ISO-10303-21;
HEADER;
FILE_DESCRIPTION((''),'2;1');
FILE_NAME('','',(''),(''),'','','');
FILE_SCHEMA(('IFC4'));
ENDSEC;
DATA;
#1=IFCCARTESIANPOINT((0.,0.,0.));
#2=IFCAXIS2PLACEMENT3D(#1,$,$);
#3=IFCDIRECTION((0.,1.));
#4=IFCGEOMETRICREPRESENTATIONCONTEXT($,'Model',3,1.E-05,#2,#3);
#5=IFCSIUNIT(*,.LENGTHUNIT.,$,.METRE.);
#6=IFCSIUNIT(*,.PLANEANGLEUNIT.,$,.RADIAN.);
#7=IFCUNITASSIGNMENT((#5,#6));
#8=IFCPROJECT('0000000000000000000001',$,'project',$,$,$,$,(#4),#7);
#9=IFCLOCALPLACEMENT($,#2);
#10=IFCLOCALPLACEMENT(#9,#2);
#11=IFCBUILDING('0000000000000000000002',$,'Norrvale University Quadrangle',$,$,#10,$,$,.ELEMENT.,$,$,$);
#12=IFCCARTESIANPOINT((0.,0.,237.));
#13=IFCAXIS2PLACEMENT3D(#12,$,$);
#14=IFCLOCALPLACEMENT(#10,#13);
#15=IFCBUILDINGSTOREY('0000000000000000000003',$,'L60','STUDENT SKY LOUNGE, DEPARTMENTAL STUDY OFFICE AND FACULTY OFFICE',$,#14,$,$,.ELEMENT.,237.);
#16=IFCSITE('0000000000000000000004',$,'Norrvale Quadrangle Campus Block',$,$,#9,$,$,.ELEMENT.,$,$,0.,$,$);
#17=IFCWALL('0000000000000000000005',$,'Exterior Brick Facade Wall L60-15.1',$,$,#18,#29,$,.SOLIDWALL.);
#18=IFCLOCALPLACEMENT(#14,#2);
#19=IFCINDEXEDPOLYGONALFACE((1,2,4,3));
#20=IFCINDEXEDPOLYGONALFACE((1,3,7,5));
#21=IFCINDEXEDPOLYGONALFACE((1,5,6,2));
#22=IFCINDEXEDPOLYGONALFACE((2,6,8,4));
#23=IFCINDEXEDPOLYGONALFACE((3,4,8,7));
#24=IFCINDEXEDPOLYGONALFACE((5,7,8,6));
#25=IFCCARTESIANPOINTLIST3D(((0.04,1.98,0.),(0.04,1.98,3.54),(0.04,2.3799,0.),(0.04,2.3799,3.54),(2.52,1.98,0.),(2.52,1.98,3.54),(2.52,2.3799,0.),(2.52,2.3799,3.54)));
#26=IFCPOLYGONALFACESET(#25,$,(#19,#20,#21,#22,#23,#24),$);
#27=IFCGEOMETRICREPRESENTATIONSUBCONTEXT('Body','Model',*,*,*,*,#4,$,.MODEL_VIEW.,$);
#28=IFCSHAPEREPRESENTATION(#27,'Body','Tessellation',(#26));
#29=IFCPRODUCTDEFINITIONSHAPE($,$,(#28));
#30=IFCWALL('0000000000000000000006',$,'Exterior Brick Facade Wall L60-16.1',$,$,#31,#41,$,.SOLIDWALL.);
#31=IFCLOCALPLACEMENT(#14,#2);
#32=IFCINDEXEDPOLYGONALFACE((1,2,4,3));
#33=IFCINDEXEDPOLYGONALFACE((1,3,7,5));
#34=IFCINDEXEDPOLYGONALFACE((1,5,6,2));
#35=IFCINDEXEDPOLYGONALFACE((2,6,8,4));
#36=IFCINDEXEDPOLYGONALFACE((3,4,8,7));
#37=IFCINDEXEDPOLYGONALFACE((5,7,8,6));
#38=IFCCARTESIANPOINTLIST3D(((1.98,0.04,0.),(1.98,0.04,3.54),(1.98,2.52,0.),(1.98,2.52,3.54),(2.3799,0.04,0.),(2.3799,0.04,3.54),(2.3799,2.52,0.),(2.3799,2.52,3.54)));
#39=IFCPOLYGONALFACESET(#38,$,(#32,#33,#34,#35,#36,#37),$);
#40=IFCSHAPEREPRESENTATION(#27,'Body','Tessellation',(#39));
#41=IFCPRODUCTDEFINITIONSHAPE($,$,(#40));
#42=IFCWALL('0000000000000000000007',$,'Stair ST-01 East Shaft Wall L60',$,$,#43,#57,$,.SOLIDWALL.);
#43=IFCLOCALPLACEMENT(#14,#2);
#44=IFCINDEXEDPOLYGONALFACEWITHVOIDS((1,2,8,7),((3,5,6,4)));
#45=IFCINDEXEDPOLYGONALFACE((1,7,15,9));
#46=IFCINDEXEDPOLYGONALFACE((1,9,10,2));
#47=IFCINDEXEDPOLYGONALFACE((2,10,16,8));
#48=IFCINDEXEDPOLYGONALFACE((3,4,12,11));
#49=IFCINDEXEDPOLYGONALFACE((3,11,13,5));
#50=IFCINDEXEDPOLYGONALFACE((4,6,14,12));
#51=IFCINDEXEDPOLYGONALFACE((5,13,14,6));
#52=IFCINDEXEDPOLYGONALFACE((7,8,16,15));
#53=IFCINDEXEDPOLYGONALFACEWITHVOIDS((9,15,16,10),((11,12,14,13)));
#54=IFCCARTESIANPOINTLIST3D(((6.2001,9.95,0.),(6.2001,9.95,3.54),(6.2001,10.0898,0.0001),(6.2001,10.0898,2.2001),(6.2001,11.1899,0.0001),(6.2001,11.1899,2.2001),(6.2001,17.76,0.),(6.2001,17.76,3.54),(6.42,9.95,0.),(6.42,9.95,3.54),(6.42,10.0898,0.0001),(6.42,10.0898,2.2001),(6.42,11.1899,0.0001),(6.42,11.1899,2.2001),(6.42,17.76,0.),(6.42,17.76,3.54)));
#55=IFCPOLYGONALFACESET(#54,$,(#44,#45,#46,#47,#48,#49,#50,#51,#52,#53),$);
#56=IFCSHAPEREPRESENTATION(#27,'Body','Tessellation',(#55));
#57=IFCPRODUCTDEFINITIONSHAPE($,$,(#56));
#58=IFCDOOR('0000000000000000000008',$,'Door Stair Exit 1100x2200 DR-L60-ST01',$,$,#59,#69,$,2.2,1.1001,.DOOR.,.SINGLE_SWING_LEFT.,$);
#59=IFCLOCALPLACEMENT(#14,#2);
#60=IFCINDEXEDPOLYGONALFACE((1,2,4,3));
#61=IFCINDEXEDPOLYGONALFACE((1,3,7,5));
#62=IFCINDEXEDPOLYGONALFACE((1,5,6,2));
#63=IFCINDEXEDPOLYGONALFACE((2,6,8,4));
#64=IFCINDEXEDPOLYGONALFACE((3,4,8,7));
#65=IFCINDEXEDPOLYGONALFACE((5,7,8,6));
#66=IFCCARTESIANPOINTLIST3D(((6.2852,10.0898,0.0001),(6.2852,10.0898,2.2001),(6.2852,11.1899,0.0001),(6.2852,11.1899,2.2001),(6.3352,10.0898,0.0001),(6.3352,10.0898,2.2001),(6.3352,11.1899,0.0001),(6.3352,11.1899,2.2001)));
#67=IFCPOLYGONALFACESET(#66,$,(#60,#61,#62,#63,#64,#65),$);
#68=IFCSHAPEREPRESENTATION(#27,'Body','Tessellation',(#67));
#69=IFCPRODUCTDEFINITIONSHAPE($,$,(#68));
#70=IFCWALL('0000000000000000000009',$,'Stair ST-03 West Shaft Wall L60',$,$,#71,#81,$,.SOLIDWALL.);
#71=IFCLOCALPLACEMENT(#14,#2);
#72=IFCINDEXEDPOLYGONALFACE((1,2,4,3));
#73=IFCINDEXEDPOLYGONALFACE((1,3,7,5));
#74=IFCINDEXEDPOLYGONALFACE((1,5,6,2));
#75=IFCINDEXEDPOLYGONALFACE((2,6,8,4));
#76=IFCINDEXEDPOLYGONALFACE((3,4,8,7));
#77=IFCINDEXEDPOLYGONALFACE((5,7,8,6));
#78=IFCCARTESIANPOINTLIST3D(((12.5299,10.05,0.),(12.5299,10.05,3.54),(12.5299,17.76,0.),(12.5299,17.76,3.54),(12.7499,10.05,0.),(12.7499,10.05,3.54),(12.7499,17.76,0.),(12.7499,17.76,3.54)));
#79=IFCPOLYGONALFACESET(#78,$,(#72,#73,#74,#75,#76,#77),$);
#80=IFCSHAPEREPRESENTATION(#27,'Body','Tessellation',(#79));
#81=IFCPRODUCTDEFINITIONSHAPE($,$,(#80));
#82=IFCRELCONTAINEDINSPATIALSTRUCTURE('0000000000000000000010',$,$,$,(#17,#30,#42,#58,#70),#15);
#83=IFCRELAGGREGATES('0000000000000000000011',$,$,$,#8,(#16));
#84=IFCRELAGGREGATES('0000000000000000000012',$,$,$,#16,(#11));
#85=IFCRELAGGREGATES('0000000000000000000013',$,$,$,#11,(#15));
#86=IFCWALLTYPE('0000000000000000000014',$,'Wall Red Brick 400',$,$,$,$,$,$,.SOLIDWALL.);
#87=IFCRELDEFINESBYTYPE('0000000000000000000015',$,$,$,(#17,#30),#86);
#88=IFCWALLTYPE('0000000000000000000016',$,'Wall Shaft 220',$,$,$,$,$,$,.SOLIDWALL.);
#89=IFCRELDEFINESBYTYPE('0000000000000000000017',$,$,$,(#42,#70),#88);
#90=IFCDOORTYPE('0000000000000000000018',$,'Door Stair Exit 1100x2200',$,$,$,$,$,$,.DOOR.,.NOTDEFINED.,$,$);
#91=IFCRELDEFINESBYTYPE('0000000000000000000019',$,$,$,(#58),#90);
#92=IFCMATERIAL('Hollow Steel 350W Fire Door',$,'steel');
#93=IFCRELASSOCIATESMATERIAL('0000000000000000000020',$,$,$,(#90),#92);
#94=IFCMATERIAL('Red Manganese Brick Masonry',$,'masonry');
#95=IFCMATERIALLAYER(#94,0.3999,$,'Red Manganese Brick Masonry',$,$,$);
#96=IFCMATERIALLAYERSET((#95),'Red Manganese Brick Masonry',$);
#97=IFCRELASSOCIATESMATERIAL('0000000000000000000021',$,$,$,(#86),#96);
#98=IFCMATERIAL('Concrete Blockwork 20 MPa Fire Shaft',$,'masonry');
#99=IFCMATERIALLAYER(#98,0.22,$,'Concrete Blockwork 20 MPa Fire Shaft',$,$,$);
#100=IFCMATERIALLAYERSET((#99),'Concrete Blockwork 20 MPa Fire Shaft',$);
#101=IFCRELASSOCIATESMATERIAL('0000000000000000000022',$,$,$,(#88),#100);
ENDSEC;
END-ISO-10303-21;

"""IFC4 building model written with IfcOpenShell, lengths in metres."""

from ifc_helpers import new_model, si_unit, direction, frame, frame_2d, origin, place, context, subcontext, project, spatial, rectangle, extrude, material, layer, layer_set, type_object, element, fill, save


model = new_model("IFC4")

# Units and contexts
model_context = context("Model", 3, precision=1e-05, world=origin(), true_north=direction((0.0, 1.0)))
body_context = subcontext(model_context, "Body", "Model", "MODEL_VIEW")
ifc_project = project(units=[si_unit("LENGTHUNIT", "METRE"), si_unit("PLANEANGLEUNIT", "RADIAN")], contexts=[model_context])

# Site, building, storey
site_placement = place(None, origin())
site = spatial("IfcSite", under=ifc_project, at=site_placement, Name="Norrvale Quadrangle Campus Block", CompositionType="ELEMENT", RefElevation=0.0)
building_placement = place(site_placement, origin())
building = spatial("IfcBuilding", under=site, at=building_placement, Name="Norrvale University Quadrangle", CompositionType="ELEMENT")
storey_placement = place(building_placement, frame((0.0, 0.0, 237.0)))
storey = spatial("IfcBuildingStorey", under=building, at=storey_placement, Name="L60", Description="STUDENT SKY LOUNGE, DEPARTMENTAL STUDY OFFICE AND FACULTY OFFICE", CompositionType="ELEMENT", Elevation=237.0)

# Shared definitions
ifc_material_1 = material(Name="Hollow Steel 350W Fire Door", Category="steel")
door_type = type_object("IfcDoorType", Name="Door Stair Exit 1100x2200", OperationType="NOTDEFINED", PredefinedType="DOOR", material=ifc_material_1)

# Shared definitions
ifc_material_2 = material(Name="Red Manganese Brick Masonry", Category="masonry")
ifc_layer_1 = layer(ifc_material_2, 0.3999, Name="Red Manganese Brick Masonry")
ifc_layer_set_1 = layer_set([ifc_layer_1], Name="Red Manganese Brick Masonry")
wall_type_1 = type_object("IfcWallType", Name="Wall Red Brick 400", PredefinedType="SOLIDWALL", material=ifc_layer_set_1)

# Walls
for number, where, z_axis, x_axis, name in (
    (1, (0.04, 2.1799, 0.0), (0.0, 0.0, 1.0), (1.0, 0.0, 0.0), "Exterior Brick Facade Wall L60-15.1"),
    (2, (2.1799, 2.52, 0.0), (0.0, 0.0, 1.0), (0.0, -1.0, 0.0), "Exterior Brick Facade Wall L60-16.1"),
):
    element("IfcWall", number, at=place(storey_placement, frame(where, z_axis=z_axis, x_axis=x_axis)), inside=storey, type_object=wall_type_1, Name=name, PredefinedType="SOLIDWALL", context=body_context, shape_type="SweptSolid", body=[
        extrude(rectangle(XDim=2.48, YDim=0.3999, at=frame_2d((1.24, 0.0))), origin(), (0.0, 0.0, 1.0), 3.54),
    ])

# Wall, opening, door
ifc_material_3 = material(Name="Concrete Blockwork 20 MPa Fire Shaft", Category="masonry")
ifc_layer_2 = layer(ifc_material_3, 0.22, Name="Concrete Blockwork 20 MPa Fire Shaft")
ifc_layer_set_2 = layer_set([ifc_layer_2], Name="Concrete Blockwork 20 MPa Fire Shaft")
wall_type_2 = type_object("IfcWallType", Name="Wall Shaft 220", PredefinedType="SOLIDWALL", material=ifc_layer_set_2)
wall_1_placement = place(storey_placement, frame((6.3101, 9.95, 0.0), z_axis=(0.0, 0.0, 1.0), x_axis=(0.0, 1.0, 0.0)))
wall_1 = element("IfcWall", 3, at=wall_1_placement, inside=storey, type_object=wall_type_2, Name="Stair ST-01 East Shaft Wall L60", PredefinedType="SOLIDWALL", context=body_context, shape_type="SweptSolid", body=[
    extrude(rectangle(XDim=7.8101, YDim=0.22, at=frame_2d((3.905, 0.0))), origin(), (0.0, 0.0, 1.0), 3.54),
])
opening_1_placement = place(wall_1_placement, frame((0.1399, 0.0, 0.0)))
opening_1 = element("IfcOpeningElement", 4, at=opening_1_placement, cuts=wall_1, PredefinedType="OPENING", context=body_context, shape_type="SweptSolid", body=[
    extrude(rectangle(XDim=1.1001, YDim=2.2, at=frame_2d((0.55, 1.1001))), frame((0.0, 0.1221, 0.0), z_axis=(0.0, -1.0, 0.0), x_axis=(1.0, 0.0, 0.0)), (0.0, 0.0, 1.0), 0.2439),
])
door_1_placement = place(opening_1_placement, origin())
door_1 = element("IfcDoor", 5, at=door_1_placement, inside=storey, type_object=door_type, Name="Door Stair Exit 1100x2200 DR-L60-ST01", OperationType="SINGLE_SWING_LEFT", OverallHeight=2.2, OverallWidth=1.1001, PredefinedType="DOOR", context=body_context, shape_type="SweptSolid", body=[
    extrude(rectangle(XDim=1.1001, YDim=2.2, at=frame_2d((0.55, 1.1001))), frame((0.0, 0.0249, 0.0), z_axis=(0.0, -1.0, 0.0), x_axis=(1.0, 0.0, 0.0)), (0.0, 0.0, 1.0), 0.05),
])
fill(opening_1, door_1)

# Wall
wall_2_placement = place(storey_placement, frame((12.6399, 10.05, 0.0), z_axis=(0.0, 0.0, 1.0), x_axis=(0.0, 1.0, 0.0)))
element("IfcWall", 6, at=wall_2_placement, inside=storey, type_object=wall_type_2, Name="Stair ST-03 West Shaft Wall L60", PredefinedType="SOLIDWALL", context=body_context, shape_type="SweptSolid", body=[
    extrude(rectangle(XDim=7.71, YDim=0.22, at=frame_2d((3.855, 0.0))), origin(), (0.0, 0.0, 1.0), 3.54),
])

save(model, "model.ifc")
